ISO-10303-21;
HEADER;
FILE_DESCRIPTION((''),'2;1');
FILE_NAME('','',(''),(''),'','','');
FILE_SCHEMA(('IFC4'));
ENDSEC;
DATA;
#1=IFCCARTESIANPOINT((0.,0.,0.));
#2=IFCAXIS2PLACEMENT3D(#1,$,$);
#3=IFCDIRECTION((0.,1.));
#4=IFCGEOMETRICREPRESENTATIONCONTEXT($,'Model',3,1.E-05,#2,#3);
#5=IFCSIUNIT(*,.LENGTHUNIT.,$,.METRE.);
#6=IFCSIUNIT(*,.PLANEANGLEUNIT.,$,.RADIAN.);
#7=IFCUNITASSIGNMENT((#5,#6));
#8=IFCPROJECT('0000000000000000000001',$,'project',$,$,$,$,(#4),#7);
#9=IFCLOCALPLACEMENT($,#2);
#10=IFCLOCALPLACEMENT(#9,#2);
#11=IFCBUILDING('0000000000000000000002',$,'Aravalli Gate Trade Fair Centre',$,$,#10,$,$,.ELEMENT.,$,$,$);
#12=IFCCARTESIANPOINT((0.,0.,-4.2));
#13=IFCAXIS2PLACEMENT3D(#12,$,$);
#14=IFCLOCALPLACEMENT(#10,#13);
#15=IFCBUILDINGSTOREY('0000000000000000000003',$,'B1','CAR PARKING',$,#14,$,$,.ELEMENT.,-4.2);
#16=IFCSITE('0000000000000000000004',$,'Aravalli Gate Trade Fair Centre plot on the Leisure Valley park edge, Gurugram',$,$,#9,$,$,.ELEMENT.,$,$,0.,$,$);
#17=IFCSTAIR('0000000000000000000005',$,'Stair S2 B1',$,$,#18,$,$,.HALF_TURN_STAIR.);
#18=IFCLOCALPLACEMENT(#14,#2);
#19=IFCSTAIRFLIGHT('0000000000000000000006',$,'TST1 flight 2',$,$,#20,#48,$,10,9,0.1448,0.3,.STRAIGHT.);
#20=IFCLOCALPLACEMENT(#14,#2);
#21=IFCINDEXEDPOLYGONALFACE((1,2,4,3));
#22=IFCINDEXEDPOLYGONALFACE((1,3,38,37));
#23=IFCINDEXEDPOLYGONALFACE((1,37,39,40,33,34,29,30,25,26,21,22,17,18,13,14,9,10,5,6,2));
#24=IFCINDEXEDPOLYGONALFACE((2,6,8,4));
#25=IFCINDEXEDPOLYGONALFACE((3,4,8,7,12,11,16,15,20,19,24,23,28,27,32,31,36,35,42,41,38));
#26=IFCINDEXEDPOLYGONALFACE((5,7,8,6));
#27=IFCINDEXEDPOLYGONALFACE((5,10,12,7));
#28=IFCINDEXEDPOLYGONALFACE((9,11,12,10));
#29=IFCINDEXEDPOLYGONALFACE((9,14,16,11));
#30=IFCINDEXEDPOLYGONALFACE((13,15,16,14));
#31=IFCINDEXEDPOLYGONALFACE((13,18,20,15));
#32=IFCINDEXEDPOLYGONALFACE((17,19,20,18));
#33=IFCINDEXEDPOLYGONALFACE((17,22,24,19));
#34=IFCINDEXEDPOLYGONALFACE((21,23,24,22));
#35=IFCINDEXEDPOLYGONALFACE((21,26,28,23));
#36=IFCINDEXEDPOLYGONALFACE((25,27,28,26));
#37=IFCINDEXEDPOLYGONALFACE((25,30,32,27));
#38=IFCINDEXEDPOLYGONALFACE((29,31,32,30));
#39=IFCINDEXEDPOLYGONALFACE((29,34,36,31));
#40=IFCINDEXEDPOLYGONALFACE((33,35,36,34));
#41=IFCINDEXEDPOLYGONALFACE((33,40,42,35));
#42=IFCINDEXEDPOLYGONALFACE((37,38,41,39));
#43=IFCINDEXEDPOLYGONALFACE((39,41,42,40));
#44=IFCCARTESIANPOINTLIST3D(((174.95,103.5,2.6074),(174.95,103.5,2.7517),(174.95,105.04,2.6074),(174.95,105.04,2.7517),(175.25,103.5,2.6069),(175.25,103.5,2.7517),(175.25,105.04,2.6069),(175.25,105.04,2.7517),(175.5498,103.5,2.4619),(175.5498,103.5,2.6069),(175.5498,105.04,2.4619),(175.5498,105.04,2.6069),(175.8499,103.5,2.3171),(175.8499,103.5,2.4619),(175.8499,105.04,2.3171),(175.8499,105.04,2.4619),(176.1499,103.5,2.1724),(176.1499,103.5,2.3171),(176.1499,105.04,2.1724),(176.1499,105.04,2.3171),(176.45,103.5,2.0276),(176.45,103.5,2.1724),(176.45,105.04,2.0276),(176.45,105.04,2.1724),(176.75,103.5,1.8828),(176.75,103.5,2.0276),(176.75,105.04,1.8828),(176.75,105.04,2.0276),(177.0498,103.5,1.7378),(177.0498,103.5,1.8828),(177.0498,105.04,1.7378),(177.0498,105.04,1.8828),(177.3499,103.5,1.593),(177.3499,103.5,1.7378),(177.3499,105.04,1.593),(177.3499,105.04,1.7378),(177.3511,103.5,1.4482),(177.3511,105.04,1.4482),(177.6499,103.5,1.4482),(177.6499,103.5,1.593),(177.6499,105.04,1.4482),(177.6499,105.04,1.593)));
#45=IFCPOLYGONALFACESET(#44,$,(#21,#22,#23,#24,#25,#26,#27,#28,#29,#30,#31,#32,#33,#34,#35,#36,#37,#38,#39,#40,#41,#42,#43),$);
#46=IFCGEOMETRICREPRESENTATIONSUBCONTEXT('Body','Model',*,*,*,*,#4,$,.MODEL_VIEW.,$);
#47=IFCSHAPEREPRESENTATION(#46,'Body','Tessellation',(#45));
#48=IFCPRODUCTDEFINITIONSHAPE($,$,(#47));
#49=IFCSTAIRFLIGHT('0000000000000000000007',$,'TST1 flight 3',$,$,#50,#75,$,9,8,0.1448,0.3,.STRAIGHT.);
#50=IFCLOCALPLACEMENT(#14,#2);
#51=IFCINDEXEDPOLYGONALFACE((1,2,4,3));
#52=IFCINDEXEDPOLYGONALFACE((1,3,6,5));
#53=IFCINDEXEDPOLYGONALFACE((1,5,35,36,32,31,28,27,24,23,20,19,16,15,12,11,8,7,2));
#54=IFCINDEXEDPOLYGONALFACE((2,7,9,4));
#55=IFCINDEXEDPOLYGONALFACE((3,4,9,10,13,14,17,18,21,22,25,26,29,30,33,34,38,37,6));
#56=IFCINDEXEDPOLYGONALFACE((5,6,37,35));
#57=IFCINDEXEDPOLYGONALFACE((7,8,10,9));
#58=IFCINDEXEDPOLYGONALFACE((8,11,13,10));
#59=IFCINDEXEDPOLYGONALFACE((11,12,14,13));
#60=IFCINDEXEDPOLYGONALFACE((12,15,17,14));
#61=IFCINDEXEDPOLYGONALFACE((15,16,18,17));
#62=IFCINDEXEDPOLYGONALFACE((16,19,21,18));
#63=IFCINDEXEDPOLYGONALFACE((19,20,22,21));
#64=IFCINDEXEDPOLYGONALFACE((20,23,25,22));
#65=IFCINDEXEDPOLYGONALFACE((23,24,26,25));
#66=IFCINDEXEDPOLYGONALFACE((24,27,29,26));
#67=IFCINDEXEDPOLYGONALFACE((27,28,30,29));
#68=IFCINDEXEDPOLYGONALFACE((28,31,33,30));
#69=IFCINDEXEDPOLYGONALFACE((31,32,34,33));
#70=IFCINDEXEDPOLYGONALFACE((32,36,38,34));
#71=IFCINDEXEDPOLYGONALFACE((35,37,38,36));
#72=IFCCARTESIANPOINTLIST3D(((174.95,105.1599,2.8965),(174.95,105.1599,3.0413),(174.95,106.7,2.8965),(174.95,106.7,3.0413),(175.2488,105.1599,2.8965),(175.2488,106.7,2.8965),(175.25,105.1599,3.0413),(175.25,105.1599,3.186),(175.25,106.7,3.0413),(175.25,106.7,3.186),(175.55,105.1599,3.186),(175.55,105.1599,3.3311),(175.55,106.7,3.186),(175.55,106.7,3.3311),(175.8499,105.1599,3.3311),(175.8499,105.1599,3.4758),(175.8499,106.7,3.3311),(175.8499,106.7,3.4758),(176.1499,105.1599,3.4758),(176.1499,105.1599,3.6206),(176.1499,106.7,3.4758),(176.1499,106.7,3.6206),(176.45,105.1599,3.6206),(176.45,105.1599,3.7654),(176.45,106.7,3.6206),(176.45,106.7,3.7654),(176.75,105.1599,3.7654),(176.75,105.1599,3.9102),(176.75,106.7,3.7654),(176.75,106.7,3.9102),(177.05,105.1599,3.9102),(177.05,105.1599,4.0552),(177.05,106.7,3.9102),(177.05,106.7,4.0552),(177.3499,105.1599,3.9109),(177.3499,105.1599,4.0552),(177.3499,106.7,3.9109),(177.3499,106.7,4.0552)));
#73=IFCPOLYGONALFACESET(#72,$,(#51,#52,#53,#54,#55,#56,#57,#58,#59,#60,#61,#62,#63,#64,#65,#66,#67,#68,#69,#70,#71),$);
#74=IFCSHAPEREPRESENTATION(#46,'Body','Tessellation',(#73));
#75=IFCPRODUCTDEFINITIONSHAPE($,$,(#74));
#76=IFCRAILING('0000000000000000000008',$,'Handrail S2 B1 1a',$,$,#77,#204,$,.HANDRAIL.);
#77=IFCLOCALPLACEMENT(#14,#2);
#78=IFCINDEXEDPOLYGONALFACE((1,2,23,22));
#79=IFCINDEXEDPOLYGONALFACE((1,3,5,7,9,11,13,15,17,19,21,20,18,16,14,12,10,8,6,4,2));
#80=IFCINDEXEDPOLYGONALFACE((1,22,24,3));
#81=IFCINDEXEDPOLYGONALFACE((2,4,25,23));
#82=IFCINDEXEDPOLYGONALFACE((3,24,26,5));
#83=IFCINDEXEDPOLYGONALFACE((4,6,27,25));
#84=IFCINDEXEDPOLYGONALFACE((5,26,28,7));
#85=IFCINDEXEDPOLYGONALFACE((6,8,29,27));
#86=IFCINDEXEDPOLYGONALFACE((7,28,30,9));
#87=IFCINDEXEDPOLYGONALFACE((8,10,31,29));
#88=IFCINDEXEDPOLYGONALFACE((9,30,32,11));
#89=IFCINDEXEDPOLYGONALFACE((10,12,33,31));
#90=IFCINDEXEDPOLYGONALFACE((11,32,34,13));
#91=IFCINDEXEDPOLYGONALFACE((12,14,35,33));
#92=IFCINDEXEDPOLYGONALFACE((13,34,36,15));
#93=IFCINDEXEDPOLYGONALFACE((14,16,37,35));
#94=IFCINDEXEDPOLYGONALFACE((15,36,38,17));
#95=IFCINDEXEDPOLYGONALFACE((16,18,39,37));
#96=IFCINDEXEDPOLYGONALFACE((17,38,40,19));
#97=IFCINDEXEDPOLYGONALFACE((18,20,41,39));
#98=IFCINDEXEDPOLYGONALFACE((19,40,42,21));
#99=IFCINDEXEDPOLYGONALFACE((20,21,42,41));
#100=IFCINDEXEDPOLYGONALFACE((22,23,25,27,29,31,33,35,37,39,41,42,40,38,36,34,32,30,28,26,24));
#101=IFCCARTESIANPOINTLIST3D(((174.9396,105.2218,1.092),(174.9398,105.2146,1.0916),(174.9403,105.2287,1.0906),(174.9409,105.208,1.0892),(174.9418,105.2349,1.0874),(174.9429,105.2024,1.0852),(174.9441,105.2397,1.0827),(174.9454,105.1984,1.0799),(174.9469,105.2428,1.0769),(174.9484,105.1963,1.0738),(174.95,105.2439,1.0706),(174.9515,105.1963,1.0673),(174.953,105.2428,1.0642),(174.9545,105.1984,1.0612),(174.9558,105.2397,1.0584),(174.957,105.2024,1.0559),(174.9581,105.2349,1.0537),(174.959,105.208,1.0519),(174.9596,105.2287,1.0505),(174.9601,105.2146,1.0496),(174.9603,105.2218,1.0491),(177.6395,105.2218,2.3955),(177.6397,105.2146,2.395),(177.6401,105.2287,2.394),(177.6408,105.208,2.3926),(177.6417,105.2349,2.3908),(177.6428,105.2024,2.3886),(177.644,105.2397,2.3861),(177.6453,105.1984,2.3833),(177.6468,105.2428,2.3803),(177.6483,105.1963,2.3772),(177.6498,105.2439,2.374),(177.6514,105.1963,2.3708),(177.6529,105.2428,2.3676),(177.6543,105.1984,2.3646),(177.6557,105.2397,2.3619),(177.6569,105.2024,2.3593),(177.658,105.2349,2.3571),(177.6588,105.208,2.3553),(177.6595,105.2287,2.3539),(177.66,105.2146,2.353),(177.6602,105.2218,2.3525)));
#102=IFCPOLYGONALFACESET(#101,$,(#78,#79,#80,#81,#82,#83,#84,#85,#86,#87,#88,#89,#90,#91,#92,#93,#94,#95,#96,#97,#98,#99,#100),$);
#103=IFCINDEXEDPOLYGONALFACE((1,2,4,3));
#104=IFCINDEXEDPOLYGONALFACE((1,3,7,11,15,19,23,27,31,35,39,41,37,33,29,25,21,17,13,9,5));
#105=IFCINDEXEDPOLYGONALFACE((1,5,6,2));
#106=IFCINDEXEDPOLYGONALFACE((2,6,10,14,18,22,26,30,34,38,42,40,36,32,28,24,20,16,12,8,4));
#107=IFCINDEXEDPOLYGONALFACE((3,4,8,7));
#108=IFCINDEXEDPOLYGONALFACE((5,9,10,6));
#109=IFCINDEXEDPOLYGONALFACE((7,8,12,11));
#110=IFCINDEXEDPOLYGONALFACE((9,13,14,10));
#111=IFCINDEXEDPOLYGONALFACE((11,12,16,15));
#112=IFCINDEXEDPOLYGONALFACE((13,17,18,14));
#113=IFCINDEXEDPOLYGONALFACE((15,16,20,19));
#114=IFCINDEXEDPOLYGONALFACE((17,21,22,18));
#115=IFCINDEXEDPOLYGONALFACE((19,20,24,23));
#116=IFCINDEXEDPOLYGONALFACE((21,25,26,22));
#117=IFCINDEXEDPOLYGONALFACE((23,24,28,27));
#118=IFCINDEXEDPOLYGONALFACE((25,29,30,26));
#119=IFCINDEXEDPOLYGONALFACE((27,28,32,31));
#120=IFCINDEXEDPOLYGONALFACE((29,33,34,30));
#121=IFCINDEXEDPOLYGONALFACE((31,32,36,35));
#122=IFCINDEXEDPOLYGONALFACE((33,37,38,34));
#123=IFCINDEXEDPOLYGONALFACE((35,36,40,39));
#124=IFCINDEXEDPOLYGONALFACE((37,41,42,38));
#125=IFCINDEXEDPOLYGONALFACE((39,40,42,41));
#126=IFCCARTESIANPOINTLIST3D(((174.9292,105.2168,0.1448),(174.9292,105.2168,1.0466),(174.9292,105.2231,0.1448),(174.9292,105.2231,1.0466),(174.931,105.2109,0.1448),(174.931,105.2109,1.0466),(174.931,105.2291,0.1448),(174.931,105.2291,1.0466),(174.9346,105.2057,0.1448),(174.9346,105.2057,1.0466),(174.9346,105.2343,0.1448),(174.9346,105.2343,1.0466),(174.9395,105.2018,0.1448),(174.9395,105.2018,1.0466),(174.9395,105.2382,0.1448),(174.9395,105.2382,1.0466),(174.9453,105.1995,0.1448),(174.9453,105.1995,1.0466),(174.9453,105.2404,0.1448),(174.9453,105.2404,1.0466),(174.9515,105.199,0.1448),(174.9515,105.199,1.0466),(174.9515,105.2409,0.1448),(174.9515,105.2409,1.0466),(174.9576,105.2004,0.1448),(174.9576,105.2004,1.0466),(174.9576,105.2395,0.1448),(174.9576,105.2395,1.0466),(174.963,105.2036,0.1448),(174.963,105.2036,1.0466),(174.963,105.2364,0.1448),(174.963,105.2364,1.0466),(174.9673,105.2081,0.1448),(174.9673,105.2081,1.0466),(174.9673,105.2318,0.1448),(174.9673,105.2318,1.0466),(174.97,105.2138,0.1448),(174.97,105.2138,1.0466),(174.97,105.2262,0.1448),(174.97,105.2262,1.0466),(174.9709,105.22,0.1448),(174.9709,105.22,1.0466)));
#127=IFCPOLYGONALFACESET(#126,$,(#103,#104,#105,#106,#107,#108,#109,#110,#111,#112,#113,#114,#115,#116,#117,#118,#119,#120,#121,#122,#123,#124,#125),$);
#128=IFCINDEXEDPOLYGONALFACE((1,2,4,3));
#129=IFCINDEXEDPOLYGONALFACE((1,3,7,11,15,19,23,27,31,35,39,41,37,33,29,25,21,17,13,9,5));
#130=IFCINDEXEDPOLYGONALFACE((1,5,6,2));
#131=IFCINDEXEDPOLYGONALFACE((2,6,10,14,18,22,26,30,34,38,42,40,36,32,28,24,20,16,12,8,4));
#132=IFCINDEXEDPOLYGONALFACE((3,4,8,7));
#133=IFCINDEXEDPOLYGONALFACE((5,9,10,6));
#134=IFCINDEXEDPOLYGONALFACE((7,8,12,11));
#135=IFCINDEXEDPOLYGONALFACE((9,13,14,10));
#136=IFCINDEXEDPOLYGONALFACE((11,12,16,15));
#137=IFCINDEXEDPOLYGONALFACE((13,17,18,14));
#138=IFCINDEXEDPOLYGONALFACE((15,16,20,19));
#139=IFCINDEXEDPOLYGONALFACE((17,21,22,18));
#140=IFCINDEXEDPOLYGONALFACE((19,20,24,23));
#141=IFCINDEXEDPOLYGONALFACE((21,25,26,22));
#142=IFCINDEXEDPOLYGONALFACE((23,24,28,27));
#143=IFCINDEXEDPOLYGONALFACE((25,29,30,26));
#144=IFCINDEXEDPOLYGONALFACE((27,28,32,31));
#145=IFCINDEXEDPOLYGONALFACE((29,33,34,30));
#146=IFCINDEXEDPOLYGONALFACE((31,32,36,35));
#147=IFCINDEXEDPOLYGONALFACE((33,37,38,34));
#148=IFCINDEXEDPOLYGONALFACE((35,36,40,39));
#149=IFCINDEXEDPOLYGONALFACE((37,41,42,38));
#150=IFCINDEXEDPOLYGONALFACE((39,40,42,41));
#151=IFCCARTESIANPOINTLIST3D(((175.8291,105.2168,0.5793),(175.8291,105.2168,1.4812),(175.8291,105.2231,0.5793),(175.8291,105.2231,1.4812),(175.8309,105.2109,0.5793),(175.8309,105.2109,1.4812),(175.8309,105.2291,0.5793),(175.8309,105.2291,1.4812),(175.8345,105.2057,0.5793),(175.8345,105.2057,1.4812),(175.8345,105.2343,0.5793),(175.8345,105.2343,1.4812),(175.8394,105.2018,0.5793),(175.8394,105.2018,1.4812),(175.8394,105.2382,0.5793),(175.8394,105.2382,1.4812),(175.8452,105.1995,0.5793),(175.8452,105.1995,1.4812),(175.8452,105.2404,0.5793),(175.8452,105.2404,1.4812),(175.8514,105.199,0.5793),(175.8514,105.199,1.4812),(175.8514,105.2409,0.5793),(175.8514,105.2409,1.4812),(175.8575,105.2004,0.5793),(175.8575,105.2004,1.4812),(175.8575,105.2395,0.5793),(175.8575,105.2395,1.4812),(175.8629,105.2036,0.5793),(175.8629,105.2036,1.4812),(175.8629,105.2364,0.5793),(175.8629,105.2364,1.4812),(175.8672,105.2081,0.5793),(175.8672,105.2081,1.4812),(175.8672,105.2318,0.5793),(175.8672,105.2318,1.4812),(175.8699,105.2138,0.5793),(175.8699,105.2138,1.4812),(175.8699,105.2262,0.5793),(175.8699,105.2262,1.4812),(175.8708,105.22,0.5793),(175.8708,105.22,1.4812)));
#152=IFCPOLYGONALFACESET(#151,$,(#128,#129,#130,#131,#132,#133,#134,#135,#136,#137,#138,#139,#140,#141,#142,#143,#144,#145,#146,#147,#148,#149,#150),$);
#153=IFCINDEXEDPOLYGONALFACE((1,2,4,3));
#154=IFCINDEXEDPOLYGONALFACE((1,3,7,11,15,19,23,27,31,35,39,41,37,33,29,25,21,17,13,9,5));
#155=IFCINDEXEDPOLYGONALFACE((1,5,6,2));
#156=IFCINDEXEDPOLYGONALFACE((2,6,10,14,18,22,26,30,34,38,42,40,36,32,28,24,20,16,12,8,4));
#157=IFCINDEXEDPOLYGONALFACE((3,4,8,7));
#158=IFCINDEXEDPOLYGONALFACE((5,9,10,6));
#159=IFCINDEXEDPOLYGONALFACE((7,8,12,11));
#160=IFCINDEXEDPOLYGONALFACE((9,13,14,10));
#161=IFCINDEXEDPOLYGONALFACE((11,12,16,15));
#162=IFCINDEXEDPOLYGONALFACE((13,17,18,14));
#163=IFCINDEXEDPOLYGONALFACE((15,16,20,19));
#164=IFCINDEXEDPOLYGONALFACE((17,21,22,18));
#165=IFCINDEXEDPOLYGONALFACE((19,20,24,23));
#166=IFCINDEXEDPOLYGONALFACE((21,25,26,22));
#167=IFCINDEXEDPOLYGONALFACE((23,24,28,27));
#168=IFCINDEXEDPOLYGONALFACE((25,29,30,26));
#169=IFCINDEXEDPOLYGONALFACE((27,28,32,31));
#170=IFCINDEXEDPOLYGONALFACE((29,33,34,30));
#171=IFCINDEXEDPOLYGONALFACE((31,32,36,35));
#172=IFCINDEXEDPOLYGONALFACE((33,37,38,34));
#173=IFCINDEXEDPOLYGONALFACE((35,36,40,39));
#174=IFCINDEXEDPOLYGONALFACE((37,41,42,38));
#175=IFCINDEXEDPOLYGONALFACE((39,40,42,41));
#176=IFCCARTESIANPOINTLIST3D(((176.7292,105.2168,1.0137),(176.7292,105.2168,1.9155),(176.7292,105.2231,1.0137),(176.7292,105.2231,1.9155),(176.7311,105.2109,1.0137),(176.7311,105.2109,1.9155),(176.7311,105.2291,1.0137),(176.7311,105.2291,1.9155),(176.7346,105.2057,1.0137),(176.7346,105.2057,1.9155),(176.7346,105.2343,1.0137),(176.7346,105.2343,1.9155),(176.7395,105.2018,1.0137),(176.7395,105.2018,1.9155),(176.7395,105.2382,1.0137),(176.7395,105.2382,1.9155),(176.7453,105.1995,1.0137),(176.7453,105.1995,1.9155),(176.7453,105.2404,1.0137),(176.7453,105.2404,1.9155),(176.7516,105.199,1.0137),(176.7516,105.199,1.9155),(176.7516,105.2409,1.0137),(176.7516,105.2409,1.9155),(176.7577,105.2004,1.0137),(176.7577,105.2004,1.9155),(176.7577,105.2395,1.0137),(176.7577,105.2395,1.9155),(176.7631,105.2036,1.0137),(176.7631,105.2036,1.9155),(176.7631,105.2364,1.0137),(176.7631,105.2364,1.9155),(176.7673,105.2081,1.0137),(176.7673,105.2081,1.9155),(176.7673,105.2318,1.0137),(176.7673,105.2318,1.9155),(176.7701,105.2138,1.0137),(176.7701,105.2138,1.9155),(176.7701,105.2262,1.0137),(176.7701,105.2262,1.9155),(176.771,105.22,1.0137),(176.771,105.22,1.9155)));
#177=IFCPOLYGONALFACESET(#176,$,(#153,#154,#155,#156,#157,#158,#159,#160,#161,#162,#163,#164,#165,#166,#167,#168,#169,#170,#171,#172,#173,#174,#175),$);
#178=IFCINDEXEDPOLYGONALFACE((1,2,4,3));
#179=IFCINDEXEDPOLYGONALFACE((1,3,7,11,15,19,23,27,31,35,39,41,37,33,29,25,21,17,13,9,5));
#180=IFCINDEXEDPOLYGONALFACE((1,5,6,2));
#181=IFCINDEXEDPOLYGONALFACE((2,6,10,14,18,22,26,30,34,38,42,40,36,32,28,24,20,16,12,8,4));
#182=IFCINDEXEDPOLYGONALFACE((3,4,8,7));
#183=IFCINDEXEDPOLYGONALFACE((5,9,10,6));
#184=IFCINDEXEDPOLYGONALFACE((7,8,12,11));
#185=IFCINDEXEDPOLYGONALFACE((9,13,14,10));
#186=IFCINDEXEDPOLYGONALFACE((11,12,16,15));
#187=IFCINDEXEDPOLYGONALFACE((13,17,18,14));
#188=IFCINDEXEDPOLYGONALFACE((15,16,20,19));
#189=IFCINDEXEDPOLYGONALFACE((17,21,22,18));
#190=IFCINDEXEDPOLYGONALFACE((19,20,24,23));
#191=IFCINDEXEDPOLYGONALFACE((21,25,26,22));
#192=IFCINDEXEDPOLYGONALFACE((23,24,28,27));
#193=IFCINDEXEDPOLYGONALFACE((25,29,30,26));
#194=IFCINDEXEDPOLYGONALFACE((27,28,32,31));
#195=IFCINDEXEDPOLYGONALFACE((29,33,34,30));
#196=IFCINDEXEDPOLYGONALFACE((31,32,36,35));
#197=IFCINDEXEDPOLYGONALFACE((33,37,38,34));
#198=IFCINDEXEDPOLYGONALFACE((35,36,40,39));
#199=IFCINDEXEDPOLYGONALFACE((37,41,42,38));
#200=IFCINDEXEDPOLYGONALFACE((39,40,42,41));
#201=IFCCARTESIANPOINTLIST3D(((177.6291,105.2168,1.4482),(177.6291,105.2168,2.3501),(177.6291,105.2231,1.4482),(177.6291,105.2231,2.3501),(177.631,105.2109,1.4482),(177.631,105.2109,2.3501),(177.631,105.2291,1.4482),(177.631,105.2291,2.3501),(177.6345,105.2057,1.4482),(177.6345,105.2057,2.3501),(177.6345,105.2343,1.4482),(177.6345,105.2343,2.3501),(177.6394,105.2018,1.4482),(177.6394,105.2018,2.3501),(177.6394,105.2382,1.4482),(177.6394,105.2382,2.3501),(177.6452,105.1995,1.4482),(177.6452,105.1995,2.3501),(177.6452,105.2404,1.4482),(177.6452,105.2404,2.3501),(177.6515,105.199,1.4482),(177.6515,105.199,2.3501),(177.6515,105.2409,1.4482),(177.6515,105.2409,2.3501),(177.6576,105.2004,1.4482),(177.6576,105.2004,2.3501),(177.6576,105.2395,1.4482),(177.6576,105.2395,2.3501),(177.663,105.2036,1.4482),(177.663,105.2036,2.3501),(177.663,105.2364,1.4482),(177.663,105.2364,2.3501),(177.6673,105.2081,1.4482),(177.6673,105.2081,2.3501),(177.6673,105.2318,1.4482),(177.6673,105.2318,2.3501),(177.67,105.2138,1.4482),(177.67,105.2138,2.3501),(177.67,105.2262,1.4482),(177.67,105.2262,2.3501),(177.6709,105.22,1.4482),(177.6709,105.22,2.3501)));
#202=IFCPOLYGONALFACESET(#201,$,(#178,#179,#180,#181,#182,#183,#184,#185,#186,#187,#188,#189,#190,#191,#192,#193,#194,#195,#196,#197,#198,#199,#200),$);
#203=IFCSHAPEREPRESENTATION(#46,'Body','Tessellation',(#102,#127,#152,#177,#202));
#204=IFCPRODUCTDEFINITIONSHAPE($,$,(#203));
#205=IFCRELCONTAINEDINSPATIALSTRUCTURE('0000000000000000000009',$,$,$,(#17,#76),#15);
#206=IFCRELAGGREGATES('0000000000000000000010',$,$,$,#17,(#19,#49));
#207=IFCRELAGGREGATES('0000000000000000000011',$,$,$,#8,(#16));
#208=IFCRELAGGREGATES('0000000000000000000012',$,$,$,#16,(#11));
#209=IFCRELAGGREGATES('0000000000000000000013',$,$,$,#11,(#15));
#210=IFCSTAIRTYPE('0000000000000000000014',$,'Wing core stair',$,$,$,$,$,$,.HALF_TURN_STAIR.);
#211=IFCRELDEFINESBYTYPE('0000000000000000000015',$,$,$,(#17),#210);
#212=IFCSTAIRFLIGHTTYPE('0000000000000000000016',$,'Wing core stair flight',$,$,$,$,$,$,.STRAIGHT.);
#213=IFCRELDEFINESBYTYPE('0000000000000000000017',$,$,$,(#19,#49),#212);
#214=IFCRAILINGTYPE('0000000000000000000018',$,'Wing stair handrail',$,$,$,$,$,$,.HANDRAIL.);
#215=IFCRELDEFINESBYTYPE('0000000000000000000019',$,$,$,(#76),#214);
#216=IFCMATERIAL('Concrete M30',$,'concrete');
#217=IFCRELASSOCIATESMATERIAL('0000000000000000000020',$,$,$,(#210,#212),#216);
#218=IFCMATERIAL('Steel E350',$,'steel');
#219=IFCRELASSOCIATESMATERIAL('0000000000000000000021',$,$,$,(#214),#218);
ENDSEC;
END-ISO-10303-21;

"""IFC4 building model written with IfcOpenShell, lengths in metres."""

from ifc_helpers import new_model, si_unit, direction, frame, origin, origin_2d, place, context, subcontext, project, spatial, polyline, circle, outline, extrude, material, type_object, element, aggregate, save


model = new_model("IFC4")

# Units and contexts
model_context = context("Model", 3, precision=1e-05, world=origin(), true_north=direction((0.0, 1.0)))
body_context = subcontext(model_context, "Body", "Model", "MODEL_VIEW")
ifc_project = project(units=[si_unit("LENGTHUNIT", "METRE"), si_unit("PLANEANGLEUNIT", "RADIAN")], contexts=[model_context])

# Site, building, storey
site_placement = place(None, origin())
site = spatial("IfcSite", under=ifc_project, at=site_placement, Name="Aravalli Gate Trade Fair Centre plot on the Leisure Valley park edge, Gurugram", CompositionType="ELEMENT", RefElevation=0.0)
building_placement = place(site_placement, origin())
building = spatial("IfcBuilding", under=site, at=building_placement, Name="Aravalli Gate Trade Fair Centre", CompositionType="ELEMENT")
storey_placement = place(building_placement, frame((0.0, 0.0, -4.2)))
storey = spatial("IfcBuildingStorey", under=building, at=storey_placement, Name="B1", Description="CAR PARKING", CompositionType="ELEMENT", Elevation=-4.2)

# Shared definitions
ifc_material_1 = material(Name="Steel E350", Category="steel")

# Shared definitions
ifc_material_2 = material(Name="Concrete M30", Category="concrete")

# Stair, stair flights
stair_type = type_object("IfcStairType", Name="Wing core stair", PredefinedType="HALF_TURN_STAIR", material=ifc_material_2)
stair_placement = place(storey_placement, origin())
stair = element("IfcStair", 1, at=stair_placement, inside=storey, type_object=stair_type, Name="Stair S2 B1", PredefinedType="HALF_TURN_STAIR")
stair_flight_type = type_object("IfcStairFlightType", Name="Wing core stair flight", PredefinedType="STRAIGHT", material=ifc_material_2)
stair_flight_1_placement = place(storey_placement, frame((177.6499, 104.27, 1.4482), z_axis=(0.0, 0.0, 1.0), x_axis=(-1.0, 0.0, 0.0)))
stair_flight_1 = element("IfcStairFlight", 2, at=stair_flight_1_placement, type_object=stair_flight_type, Name="TST1 flight 2", NumberOfRisers=10, NumberOfTreads=9, PredefinedType="STRAIGHT", RiserHeight=0.1448, TreadLength=0.3, context=body_context, shape_type="SweptSolid", body=[
    extrude(outline(polyline([(0.0, 0.0), (0.0, 0.1448), (0.3, 0.1448), (0.3, 0.2896), (0.6001, 0.2896), (0.6001, 0.4346), (0.8999, 0.4346), (0.8999, 0.5793), (1.2, 0.5793), (1.2, 0.7241), (1.5, 0.7241), (1.5, 0.8689), (1.8, 0.8689), (1.8, 1.0137), (2.1001, 1.0137), (2.1001, 1.1587), (2.3999, 1.1587), (2.3999, 1.3035), (2.7, 1.3035), (2.7, 1.4482), (2.7, 1.1592), (0.2988, 0.0), (0.0, 0.0)])), frame((0.0, 0.77, 0.0), z_axis=(0.0, -1.0, 0.0), x_axis=(1.0, 0.0, 0.0)), (0.0, 0.0, 1.0), 1.54),
])
stair_flight_2_placement = place(storey_placement, frame((174.95, 105.9299, 2.8965), z_axis=(0.0, 0.0, 1.0), x_axis=(1.0, 0.0, 0.0)))
stair_flight_2 = element("IfcStairFlight", 3, at=stair_flight_2_placement, type_object=stair_flight_type, Name="TST1 flight 3", NumberOfRisers=9, NumberOfTreads=8, PredefinedType="STRAIGHT", RiserHeight=0.1448, TreadLength=0.3, context=body_context, shape_type="SweptSolid", body=[
    extrude(outline(polyline([(0.0, 0.0), (0.0, 0.1448), (0.3, 0.1448), (0.3, 0.2896), (0.6001, 0.2896), (0.6001, 0.4346), (0.8999, 0.4346), (0.8999, 0.5793), (1.2, 0.5793), (1.2, 0.7241), (1.5, 0.7241), (1.5, 0.8689), (1.8, 0.8689), (1.8, 1.0137), (2.1001, 1.0137), (2.1001, 1.1587), (2.3999, 1.1587), (2.3999, 1.3035), (2.3999, 1.0144), (0.2988, 0.0), (0.0, 0.0)])), frame((0.0, 0.77, 0.0), z_axis=(0.0, -1.0, 0.0), x_axis=(1.0, 0.0, 0.0)), (0.0, 0.0, 1.0), 1.54),
])
aggregate(stair, [stair_flight_1, stair_flight_2])

# Railing
railing_type_1 = type_object("IfcRailingType", Name="Wing stair handrail", PredefinedType="HANDRAIL", material=ifc_material_1)
for number, where, name in (
    (4, (174.95, 105.22, 0.1448), "Handrail S2 B1 1a"),
):
    element("IfcRailing", number, at=place(storey_placement, frame(where)), inside=storey, type_object=railing_type_1, Name=name, PredefinedType="HANDRAIL", context=body_context, shape_type="SweptSolid", body=[
        extrude(circle(Radius=0.0239, at=origin_2d()), frame((0.0, 0.0, 0.9258), z_axis=(0.900546, 0.0, 0.43476), x_axis=(0.0, 1.0, 0.0)), (0.0, 0.0, 1.0), 2.998),
        extrude(circle(Radius=0.021, at=origin_2d()), origin(), (0.0, 0.0, 1.0), 0.9019),
        extrude(circle(Radius=0.021, at=origin_2d()), frame((0.8999, 0.0, 0.4346)), (0.0, 0.0, 1.0), 0.9019),
        extrude(circle(Radius=0.021, at=origin_2d()), frame((1.8, 0.0, 0.8689)), (0.0, 0.0, 1.0), 0.9019),
        extrude(circle(Radius=0.021, at=origin_2d()), frame((2.7, 0.0, 1.3035)), (0.0, 0.0, 1.0), 0.9019),
    ])

save(model, "model.ifc")
